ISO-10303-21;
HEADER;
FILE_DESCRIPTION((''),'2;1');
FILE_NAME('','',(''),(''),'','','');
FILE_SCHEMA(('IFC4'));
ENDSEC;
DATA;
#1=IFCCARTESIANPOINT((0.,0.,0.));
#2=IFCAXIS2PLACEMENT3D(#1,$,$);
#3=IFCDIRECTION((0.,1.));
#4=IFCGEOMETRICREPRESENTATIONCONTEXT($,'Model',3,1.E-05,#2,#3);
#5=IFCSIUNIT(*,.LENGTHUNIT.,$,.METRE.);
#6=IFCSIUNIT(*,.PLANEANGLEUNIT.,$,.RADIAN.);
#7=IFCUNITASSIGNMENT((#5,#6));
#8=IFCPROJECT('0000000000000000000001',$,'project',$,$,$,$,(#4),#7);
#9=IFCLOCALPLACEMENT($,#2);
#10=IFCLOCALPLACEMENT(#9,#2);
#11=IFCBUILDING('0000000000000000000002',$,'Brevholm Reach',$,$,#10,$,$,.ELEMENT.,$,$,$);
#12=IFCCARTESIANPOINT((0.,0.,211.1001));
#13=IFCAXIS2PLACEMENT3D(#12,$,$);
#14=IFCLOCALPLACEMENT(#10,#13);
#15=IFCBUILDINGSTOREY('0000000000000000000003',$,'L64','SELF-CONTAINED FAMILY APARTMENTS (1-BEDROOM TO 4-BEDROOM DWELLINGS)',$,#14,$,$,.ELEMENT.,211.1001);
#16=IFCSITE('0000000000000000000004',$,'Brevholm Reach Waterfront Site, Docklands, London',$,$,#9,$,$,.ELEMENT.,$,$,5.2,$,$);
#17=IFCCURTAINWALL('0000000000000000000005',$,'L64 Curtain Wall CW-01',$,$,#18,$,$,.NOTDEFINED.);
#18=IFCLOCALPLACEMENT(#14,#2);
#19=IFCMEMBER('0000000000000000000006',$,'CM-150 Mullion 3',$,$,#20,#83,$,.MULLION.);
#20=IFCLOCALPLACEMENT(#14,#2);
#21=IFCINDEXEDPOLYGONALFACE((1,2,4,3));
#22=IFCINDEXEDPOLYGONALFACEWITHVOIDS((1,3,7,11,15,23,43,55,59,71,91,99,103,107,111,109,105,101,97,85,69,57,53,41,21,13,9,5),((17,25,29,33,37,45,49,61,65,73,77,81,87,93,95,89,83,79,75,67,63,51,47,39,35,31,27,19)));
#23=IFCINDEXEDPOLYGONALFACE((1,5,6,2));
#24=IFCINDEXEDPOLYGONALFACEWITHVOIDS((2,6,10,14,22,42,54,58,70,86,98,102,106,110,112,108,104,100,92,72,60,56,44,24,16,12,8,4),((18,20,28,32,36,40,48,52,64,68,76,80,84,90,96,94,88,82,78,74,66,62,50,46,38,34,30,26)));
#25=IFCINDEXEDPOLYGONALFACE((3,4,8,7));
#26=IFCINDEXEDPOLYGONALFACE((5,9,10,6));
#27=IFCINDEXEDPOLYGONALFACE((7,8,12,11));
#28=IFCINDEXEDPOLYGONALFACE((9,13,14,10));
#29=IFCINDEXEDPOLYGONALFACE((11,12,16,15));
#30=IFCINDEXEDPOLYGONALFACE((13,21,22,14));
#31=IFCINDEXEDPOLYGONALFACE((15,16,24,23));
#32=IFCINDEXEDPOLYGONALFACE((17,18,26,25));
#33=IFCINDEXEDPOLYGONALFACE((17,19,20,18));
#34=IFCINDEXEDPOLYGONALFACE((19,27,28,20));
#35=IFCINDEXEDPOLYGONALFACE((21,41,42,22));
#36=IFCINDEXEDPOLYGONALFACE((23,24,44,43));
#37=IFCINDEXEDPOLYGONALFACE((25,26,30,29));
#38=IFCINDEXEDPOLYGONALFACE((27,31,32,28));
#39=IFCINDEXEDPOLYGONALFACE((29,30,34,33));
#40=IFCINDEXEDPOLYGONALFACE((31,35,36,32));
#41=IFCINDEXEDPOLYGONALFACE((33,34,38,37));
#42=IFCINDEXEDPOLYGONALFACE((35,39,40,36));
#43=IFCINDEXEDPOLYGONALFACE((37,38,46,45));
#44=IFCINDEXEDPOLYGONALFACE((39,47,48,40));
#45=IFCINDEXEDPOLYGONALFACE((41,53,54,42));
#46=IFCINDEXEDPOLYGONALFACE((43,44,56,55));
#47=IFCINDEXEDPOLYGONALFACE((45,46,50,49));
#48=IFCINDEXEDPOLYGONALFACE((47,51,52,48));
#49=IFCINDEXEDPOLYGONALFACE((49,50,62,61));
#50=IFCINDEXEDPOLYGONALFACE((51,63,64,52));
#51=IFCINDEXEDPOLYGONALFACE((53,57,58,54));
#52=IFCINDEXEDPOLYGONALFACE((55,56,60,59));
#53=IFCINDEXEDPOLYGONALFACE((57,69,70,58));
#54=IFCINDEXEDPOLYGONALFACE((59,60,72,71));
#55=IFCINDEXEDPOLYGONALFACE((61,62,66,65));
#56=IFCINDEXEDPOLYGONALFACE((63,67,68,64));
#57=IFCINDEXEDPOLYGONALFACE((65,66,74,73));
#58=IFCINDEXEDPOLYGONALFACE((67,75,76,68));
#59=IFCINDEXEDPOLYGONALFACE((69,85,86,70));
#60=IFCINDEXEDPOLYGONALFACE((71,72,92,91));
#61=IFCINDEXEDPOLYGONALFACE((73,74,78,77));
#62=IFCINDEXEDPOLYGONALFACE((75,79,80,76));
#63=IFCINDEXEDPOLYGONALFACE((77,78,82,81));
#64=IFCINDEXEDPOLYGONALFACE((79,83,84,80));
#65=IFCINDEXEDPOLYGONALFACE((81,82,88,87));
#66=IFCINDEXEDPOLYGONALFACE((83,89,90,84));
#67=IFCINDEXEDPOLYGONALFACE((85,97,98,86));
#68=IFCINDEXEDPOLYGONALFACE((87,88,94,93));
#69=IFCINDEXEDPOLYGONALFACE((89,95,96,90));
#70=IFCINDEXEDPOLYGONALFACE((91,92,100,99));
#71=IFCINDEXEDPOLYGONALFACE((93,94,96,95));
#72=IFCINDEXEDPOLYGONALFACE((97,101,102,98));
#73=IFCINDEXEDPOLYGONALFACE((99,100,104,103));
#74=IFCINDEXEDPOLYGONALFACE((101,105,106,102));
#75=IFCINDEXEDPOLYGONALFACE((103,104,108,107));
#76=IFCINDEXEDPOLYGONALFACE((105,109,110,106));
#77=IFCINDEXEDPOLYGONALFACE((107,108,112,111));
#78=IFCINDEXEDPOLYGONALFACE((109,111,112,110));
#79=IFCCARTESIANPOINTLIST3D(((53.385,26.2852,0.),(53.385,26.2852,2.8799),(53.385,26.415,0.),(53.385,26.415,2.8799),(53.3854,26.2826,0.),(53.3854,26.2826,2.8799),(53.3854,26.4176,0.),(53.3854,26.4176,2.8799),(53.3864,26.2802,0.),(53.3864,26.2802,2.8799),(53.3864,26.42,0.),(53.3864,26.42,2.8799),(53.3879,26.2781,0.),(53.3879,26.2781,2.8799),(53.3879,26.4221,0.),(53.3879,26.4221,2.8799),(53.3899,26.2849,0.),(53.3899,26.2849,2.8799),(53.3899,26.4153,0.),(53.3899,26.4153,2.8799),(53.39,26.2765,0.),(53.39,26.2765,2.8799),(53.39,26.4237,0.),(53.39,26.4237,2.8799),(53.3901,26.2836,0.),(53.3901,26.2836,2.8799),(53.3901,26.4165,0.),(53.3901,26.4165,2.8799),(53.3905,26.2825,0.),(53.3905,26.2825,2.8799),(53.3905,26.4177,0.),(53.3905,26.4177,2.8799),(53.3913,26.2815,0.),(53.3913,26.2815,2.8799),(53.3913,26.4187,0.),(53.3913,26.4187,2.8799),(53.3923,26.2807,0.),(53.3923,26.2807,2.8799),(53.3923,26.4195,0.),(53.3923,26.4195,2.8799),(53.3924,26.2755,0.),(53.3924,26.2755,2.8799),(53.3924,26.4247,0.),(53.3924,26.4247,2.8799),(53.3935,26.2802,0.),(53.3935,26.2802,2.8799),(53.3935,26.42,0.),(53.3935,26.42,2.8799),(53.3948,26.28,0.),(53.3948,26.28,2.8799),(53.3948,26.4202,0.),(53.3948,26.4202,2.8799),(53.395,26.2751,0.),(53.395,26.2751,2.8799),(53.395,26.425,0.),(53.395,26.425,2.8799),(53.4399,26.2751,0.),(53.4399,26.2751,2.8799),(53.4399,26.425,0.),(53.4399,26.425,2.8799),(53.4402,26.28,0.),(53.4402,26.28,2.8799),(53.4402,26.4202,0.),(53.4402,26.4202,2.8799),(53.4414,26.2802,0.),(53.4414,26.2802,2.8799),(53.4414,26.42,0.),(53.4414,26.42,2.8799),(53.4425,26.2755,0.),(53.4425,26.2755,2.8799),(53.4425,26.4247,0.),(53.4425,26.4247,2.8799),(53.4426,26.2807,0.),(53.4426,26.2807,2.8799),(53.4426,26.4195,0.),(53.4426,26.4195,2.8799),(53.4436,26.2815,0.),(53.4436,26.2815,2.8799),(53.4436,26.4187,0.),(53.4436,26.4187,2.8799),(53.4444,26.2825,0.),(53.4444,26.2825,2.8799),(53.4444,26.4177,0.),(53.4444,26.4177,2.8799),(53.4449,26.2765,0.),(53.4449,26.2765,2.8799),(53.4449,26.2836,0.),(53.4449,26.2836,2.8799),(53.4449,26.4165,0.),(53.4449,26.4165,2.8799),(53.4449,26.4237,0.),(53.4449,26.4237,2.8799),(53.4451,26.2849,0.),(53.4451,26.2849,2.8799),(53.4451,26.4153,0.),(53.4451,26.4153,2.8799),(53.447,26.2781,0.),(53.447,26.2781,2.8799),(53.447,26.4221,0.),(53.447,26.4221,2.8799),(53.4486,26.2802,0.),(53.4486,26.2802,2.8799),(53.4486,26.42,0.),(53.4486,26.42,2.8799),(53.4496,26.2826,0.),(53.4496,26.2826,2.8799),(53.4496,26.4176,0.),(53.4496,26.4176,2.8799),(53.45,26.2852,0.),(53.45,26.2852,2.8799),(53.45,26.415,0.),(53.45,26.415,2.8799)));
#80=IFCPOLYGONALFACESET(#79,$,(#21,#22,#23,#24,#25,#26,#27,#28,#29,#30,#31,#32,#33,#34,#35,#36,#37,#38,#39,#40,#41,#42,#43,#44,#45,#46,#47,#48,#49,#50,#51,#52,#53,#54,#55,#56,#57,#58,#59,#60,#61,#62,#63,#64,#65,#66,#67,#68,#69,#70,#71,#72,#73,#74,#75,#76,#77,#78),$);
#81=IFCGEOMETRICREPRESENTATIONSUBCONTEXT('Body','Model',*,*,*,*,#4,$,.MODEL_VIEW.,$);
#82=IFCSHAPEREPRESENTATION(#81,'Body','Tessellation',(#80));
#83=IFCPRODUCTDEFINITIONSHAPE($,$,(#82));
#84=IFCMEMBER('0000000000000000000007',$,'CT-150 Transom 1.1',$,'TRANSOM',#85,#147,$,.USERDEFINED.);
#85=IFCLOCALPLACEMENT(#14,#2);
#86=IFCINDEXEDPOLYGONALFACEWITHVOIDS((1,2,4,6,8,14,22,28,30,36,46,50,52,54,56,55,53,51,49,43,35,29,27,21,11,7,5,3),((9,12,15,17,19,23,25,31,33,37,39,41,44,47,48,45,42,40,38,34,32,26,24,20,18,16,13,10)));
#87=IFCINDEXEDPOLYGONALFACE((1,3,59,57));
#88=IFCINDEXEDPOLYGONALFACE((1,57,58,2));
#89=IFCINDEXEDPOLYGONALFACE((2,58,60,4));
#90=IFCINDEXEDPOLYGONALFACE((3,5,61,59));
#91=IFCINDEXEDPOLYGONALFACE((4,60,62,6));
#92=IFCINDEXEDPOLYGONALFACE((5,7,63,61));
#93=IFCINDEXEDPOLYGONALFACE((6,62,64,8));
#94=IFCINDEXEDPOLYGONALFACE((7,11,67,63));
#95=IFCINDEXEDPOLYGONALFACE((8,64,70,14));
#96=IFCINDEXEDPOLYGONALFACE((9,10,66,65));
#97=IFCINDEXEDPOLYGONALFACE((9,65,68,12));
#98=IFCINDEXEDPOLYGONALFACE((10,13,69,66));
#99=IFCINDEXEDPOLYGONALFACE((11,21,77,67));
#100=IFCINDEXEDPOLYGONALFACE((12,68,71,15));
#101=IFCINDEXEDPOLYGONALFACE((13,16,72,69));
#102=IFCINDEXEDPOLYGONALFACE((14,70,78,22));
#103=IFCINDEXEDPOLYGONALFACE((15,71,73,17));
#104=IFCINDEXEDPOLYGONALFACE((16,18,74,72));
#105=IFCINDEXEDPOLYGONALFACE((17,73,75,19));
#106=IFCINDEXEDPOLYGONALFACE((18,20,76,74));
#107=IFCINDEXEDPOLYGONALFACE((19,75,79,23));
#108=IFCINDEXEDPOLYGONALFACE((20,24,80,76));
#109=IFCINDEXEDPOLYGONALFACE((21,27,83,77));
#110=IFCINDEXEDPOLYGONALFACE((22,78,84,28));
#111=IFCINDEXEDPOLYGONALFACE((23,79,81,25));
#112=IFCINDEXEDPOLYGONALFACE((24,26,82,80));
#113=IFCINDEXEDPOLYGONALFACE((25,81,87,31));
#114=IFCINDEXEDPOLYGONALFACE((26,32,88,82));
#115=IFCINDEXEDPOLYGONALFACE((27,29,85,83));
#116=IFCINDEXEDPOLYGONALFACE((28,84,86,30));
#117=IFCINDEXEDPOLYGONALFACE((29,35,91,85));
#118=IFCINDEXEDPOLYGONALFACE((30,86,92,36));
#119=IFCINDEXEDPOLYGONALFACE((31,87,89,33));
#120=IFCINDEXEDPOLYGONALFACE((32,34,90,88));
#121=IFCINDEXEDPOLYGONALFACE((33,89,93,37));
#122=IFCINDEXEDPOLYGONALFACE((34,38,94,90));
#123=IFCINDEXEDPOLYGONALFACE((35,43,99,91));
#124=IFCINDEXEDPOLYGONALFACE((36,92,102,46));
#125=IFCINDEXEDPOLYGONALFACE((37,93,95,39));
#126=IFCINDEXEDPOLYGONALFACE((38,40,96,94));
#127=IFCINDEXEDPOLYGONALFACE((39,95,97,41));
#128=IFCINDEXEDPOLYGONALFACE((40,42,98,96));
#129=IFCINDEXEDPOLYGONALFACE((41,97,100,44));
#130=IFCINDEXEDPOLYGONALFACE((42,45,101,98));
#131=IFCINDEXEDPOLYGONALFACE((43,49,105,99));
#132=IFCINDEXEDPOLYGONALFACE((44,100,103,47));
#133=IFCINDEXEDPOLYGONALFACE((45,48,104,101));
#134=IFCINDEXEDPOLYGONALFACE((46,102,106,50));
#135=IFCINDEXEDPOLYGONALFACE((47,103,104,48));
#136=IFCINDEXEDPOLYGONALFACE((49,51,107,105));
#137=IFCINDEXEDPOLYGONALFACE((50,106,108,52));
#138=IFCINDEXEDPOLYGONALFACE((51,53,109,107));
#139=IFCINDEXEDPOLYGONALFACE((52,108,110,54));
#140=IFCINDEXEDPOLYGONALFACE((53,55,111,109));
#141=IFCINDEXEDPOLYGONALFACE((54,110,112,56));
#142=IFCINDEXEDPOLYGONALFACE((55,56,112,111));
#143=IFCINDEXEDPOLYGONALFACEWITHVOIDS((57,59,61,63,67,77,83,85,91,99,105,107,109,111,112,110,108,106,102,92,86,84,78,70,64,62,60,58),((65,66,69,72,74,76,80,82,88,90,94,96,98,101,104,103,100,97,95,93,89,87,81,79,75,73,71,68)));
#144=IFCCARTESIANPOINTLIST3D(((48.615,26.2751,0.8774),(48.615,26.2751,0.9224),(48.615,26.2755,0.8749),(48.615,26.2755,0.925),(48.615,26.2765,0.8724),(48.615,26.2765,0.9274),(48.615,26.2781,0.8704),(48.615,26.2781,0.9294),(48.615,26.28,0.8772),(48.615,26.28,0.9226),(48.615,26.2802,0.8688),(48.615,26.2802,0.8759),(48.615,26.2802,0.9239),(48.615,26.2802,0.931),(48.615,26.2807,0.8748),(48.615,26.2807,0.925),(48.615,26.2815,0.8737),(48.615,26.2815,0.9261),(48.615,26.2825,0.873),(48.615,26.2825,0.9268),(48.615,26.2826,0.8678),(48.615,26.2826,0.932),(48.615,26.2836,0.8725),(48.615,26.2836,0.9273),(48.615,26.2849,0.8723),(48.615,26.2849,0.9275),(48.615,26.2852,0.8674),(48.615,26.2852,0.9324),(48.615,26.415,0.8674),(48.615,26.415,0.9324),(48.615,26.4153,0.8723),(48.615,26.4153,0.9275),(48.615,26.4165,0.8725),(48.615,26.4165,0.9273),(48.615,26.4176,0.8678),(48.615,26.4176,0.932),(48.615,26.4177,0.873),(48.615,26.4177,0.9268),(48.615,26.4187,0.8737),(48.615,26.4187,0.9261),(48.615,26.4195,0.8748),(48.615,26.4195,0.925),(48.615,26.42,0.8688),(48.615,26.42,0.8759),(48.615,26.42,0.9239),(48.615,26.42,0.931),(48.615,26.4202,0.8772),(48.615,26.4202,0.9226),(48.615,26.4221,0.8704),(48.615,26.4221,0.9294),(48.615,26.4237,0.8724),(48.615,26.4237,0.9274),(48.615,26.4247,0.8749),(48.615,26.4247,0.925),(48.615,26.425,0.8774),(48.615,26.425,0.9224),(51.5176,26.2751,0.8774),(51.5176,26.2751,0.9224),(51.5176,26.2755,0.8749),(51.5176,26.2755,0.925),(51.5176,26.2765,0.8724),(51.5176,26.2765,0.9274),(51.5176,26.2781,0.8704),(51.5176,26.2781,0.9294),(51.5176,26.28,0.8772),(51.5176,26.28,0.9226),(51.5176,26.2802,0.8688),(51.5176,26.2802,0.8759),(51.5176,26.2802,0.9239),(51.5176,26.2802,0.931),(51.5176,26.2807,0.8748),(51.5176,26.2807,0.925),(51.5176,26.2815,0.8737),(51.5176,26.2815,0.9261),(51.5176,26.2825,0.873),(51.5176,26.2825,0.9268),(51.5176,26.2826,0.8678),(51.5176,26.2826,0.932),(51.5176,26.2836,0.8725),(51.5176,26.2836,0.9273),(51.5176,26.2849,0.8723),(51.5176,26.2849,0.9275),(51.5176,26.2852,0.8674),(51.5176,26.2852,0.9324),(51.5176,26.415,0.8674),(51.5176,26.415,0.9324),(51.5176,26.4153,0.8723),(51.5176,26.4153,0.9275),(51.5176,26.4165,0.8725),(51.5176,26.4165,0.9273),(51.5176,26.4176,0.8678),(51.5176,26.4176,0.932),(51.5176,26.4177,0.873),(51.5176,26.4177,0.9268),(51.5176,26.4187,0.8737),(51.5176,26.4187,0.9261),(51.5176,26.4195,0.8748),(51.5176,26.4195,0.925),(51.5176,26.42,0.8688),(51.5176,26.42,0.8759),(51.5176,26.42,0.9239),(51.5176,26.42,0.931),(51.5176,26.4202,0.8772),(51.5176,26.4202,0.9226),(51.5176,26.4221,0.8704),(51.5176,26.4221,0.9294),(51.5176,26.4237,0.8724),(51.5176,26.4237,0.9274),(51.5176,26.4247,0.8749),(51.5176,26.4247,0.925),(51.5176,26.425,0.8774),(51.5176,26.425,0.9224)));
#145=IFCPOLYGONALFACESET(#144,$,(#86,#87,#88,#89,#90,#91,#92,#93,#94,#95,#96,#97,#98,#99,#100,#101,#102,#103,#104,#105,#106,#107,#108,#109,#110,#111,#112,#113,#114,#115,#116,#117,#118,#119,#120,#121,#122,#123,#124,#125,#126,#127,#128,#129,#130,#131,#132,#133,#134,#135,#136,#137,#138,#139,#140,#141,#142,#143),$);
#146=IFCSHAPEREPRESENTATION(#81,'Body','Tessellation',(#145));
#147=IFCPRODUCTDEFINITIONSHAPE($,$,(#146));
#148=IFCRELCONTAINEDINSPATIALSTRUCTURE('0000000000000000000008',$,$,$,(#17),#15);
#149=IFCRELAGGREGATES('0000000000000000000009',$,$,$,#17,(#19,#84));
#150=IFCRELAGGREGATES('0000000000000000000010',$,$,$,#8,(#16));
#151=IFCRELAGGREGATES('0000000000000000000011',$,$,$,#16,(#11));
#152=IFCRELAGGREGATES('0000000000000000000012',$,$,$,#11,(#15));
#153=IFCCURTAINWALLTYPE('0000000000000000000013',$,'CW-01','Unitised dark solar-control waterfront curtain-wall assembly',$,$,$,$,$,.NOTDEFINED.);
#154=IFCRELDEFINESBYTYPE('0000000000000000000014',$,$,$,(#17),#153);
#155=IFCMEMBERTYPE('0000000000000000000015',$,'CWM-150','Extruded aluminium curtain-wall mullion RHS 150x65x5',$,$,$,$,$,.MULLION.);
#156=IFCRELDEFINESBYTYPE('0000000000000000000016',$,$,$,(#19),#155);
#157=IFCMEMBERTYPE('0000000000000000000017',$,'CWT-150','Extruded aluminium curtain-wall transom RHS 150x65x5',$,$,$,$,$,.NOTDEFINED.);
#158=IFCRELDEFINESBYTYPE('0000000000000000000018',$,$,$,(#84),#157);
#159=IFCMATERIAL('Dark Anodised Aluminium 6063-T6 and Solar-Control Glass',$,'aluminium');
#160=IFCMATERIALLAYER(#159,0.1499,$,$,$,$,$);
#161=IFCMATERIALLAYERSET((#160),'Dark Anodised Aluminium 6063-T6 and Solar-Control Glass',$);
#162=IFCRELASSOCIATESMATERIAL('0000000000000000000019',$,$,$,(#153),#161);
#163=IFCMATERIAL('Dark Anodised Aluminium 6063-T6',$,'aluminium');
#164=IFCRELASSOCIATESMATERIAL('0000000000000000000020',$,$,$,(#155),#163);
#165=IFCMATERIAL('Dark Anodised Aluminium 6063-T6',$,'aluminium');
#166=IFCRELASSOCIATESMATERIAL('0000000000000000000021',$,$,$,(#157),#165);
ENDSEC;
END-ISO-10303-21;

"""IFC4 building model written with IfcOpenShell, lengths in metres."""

from ifc_helpers import new_model, si_unit, direction, frame, origin, origin_2d, place, context, subcontext, project, spatial, hollow_rectangle, extrude, material, layer, layer_set, material_profile, profile_set, type_object, element, aggregate, save


model = new_model("IFC4")

# Units and contexts
model_context = context("Model", 3, precision=1e-05, world=origin(), true_north=direction((0.0, 1.0)))
body_context = subcontext(model_context, "Body", "Model", "MODEL_VIEW")
ifc_project = project(units=[si_unit("LENGTHUNIT", "METRE"), si_unit("PLANEANGLEUNIT", "RADIAN")], contexts=[model_context])

# Site, building, storey
site_placement = place(None, origin())
site = spatial("IfcSite", under=ifc_project, at=site_placement, Name="Brevholm Reach Waterfront Site, Docklands, London", CompositionType="ELEMENT", RefElevation=5.2)
building_placement = place(site_placement, origin())
building = spatial("IfcBuilding", under=site, at=building_placement, Name="Brevholm Reach", CompositionType="ELEMENT")
storey_placement = place(building_placement, frame((0.0, 0.0, 211.1001)))
storey = spatial("IfcBuildingStorey", under=building, at=storey_placement, Name="L64", Description="SELF-CONTAINED FAMILY APARTMENTS (1-BEDROOM TO 4-BEDROOM DWELLINGS)", CompositionType="ELEMENT", Elevation=211.1001)

# Curtain wall, members
ifc_material_1 = material(Name="Dark Anodised Aluminium 6063-T6 and Solar-Control Glass", Category="aluminium")
ifc_layer_1 = layer(ifc_material_1, 0.1499)
ifc_layer_set_1 = layer_set([ifc_layer_1], Name="Dark Anodised Aluminium 6063-T6 and Solar-Control Glass")
curtain_wall_type = type_object("IfcCurtainWallType", Name="CW-01", Description="Unitised dark solar-control waterfront curtain-wall assembly", PredefinedType="NOTDEFINED", material=ifc_layer_set_1)
curtain_wall_placement = place(storey_placement, origin())
curtain_wall = element("IfcCurtainWall", 1, at=curtain_wall_placement, inside=storey, type_object=curtain_wall_type, Name="L64 Curtain Wall CW-01", PredefinedType="NOTDEFINED")
ifc_material_2 = material(Name="Dark Anodised Aluminium 6063-T6", Category="aluminium")
ifc_material_profile_1 = material_profile(ifc_material_2, hollow_rectangle(XDim=0.0649, YDim=0.1499, WallThickness=0.0049, InnerFilletRadius=0.0049, OuterFilletRadius=0.01, at=origin_2d()), Name="RHS 150x65x5")
ifc_profile_set_1 = profile_set([ifc_material_profile_1], Name="Dark Anodised Aluminium 6063-T6")
member_type_1 = type_object("IfcMemberType", Name="CWM-150", Description="Extruded aluminium curtain-wall mullion RHS 150x65x5", PredefinedType="MULLION", material=ifc_profile_set_1)
member_1_placement = place(storey_placement, frame((53.4175, 26.3501, 0.0), z_axis=(0.0, 0.0, 1.0), x_axis=(1.0, 0.0, 0.0)))
member_1 = element("IfcMember", 2, at=member_1_placement, type_object=member_type_1, Name="CM-150 Mullion 3", PredefinedType="MULLION", context=body_context, shape_type="SweptSolid", body=[
    extrude(hollow_rectangle(XDim=0.0649, YDim=0.1499, WallThickness=0.0049, InnerFilletRadius=0.0049, OuterFilletRadius=0.01, at=origin_2d()), origin(), (0.0, 0.0, 1.0), 2.8799),
])
ifc_material_3 = material(Name="Dark Anodised Aluminium 6063-T6", Category="aluminium")
ifc_material_profile_2 = material_profile(ifc_material_3, hollow_rectangle(XDim=0.0649, YDim=0.1499, WallThickness=0.0049, InnerFilletRadius=0.0049, OuterFilletRadius=0.01, at=origin_2d()), Name="RHS 150x65x5")
ifc_profile_set_2 = profile_set([ifc_material_profile_2], Name="Dark Anodised Aluminium 6063-T6")
member_type_2 = type_object("IfcMemberType", Name="CWT-150", Description="Extruded aluminium curtain-wall transom RHS 150x65x5", PredefinedType="NOTDEFINED", material=ifc_profile_set_2)
member_2_placement = place(storey_placement, frame((48.615, 26.3501, 0.8999), z_axis=(1.0, 0.0, 0.0), x_axis=(0.0, 0.0, 1.0)))
member_2 = element("IfcMember", 3, at=member_2_placement, type_object=member_type_2, Name="CT-150 Transom 1.1", ObjectType="TRANSOM", PredefinedType="USERDEFINED", context=body_context, shape_type="SweptSolid", body=[
    extrude(hollow_rectangle(XDim=0.0649, YDim=0.1499, WallThickness=0.0049, InnerFilletRadius=0.0049, OuterFilletRadius=0.01, at=origin_2d()), origin(), (0.0, 0.0, 1.0), 2.9026),
])
aggregate(curtain_wall, [member_1, member_2])

save(model, "model.ifc")
